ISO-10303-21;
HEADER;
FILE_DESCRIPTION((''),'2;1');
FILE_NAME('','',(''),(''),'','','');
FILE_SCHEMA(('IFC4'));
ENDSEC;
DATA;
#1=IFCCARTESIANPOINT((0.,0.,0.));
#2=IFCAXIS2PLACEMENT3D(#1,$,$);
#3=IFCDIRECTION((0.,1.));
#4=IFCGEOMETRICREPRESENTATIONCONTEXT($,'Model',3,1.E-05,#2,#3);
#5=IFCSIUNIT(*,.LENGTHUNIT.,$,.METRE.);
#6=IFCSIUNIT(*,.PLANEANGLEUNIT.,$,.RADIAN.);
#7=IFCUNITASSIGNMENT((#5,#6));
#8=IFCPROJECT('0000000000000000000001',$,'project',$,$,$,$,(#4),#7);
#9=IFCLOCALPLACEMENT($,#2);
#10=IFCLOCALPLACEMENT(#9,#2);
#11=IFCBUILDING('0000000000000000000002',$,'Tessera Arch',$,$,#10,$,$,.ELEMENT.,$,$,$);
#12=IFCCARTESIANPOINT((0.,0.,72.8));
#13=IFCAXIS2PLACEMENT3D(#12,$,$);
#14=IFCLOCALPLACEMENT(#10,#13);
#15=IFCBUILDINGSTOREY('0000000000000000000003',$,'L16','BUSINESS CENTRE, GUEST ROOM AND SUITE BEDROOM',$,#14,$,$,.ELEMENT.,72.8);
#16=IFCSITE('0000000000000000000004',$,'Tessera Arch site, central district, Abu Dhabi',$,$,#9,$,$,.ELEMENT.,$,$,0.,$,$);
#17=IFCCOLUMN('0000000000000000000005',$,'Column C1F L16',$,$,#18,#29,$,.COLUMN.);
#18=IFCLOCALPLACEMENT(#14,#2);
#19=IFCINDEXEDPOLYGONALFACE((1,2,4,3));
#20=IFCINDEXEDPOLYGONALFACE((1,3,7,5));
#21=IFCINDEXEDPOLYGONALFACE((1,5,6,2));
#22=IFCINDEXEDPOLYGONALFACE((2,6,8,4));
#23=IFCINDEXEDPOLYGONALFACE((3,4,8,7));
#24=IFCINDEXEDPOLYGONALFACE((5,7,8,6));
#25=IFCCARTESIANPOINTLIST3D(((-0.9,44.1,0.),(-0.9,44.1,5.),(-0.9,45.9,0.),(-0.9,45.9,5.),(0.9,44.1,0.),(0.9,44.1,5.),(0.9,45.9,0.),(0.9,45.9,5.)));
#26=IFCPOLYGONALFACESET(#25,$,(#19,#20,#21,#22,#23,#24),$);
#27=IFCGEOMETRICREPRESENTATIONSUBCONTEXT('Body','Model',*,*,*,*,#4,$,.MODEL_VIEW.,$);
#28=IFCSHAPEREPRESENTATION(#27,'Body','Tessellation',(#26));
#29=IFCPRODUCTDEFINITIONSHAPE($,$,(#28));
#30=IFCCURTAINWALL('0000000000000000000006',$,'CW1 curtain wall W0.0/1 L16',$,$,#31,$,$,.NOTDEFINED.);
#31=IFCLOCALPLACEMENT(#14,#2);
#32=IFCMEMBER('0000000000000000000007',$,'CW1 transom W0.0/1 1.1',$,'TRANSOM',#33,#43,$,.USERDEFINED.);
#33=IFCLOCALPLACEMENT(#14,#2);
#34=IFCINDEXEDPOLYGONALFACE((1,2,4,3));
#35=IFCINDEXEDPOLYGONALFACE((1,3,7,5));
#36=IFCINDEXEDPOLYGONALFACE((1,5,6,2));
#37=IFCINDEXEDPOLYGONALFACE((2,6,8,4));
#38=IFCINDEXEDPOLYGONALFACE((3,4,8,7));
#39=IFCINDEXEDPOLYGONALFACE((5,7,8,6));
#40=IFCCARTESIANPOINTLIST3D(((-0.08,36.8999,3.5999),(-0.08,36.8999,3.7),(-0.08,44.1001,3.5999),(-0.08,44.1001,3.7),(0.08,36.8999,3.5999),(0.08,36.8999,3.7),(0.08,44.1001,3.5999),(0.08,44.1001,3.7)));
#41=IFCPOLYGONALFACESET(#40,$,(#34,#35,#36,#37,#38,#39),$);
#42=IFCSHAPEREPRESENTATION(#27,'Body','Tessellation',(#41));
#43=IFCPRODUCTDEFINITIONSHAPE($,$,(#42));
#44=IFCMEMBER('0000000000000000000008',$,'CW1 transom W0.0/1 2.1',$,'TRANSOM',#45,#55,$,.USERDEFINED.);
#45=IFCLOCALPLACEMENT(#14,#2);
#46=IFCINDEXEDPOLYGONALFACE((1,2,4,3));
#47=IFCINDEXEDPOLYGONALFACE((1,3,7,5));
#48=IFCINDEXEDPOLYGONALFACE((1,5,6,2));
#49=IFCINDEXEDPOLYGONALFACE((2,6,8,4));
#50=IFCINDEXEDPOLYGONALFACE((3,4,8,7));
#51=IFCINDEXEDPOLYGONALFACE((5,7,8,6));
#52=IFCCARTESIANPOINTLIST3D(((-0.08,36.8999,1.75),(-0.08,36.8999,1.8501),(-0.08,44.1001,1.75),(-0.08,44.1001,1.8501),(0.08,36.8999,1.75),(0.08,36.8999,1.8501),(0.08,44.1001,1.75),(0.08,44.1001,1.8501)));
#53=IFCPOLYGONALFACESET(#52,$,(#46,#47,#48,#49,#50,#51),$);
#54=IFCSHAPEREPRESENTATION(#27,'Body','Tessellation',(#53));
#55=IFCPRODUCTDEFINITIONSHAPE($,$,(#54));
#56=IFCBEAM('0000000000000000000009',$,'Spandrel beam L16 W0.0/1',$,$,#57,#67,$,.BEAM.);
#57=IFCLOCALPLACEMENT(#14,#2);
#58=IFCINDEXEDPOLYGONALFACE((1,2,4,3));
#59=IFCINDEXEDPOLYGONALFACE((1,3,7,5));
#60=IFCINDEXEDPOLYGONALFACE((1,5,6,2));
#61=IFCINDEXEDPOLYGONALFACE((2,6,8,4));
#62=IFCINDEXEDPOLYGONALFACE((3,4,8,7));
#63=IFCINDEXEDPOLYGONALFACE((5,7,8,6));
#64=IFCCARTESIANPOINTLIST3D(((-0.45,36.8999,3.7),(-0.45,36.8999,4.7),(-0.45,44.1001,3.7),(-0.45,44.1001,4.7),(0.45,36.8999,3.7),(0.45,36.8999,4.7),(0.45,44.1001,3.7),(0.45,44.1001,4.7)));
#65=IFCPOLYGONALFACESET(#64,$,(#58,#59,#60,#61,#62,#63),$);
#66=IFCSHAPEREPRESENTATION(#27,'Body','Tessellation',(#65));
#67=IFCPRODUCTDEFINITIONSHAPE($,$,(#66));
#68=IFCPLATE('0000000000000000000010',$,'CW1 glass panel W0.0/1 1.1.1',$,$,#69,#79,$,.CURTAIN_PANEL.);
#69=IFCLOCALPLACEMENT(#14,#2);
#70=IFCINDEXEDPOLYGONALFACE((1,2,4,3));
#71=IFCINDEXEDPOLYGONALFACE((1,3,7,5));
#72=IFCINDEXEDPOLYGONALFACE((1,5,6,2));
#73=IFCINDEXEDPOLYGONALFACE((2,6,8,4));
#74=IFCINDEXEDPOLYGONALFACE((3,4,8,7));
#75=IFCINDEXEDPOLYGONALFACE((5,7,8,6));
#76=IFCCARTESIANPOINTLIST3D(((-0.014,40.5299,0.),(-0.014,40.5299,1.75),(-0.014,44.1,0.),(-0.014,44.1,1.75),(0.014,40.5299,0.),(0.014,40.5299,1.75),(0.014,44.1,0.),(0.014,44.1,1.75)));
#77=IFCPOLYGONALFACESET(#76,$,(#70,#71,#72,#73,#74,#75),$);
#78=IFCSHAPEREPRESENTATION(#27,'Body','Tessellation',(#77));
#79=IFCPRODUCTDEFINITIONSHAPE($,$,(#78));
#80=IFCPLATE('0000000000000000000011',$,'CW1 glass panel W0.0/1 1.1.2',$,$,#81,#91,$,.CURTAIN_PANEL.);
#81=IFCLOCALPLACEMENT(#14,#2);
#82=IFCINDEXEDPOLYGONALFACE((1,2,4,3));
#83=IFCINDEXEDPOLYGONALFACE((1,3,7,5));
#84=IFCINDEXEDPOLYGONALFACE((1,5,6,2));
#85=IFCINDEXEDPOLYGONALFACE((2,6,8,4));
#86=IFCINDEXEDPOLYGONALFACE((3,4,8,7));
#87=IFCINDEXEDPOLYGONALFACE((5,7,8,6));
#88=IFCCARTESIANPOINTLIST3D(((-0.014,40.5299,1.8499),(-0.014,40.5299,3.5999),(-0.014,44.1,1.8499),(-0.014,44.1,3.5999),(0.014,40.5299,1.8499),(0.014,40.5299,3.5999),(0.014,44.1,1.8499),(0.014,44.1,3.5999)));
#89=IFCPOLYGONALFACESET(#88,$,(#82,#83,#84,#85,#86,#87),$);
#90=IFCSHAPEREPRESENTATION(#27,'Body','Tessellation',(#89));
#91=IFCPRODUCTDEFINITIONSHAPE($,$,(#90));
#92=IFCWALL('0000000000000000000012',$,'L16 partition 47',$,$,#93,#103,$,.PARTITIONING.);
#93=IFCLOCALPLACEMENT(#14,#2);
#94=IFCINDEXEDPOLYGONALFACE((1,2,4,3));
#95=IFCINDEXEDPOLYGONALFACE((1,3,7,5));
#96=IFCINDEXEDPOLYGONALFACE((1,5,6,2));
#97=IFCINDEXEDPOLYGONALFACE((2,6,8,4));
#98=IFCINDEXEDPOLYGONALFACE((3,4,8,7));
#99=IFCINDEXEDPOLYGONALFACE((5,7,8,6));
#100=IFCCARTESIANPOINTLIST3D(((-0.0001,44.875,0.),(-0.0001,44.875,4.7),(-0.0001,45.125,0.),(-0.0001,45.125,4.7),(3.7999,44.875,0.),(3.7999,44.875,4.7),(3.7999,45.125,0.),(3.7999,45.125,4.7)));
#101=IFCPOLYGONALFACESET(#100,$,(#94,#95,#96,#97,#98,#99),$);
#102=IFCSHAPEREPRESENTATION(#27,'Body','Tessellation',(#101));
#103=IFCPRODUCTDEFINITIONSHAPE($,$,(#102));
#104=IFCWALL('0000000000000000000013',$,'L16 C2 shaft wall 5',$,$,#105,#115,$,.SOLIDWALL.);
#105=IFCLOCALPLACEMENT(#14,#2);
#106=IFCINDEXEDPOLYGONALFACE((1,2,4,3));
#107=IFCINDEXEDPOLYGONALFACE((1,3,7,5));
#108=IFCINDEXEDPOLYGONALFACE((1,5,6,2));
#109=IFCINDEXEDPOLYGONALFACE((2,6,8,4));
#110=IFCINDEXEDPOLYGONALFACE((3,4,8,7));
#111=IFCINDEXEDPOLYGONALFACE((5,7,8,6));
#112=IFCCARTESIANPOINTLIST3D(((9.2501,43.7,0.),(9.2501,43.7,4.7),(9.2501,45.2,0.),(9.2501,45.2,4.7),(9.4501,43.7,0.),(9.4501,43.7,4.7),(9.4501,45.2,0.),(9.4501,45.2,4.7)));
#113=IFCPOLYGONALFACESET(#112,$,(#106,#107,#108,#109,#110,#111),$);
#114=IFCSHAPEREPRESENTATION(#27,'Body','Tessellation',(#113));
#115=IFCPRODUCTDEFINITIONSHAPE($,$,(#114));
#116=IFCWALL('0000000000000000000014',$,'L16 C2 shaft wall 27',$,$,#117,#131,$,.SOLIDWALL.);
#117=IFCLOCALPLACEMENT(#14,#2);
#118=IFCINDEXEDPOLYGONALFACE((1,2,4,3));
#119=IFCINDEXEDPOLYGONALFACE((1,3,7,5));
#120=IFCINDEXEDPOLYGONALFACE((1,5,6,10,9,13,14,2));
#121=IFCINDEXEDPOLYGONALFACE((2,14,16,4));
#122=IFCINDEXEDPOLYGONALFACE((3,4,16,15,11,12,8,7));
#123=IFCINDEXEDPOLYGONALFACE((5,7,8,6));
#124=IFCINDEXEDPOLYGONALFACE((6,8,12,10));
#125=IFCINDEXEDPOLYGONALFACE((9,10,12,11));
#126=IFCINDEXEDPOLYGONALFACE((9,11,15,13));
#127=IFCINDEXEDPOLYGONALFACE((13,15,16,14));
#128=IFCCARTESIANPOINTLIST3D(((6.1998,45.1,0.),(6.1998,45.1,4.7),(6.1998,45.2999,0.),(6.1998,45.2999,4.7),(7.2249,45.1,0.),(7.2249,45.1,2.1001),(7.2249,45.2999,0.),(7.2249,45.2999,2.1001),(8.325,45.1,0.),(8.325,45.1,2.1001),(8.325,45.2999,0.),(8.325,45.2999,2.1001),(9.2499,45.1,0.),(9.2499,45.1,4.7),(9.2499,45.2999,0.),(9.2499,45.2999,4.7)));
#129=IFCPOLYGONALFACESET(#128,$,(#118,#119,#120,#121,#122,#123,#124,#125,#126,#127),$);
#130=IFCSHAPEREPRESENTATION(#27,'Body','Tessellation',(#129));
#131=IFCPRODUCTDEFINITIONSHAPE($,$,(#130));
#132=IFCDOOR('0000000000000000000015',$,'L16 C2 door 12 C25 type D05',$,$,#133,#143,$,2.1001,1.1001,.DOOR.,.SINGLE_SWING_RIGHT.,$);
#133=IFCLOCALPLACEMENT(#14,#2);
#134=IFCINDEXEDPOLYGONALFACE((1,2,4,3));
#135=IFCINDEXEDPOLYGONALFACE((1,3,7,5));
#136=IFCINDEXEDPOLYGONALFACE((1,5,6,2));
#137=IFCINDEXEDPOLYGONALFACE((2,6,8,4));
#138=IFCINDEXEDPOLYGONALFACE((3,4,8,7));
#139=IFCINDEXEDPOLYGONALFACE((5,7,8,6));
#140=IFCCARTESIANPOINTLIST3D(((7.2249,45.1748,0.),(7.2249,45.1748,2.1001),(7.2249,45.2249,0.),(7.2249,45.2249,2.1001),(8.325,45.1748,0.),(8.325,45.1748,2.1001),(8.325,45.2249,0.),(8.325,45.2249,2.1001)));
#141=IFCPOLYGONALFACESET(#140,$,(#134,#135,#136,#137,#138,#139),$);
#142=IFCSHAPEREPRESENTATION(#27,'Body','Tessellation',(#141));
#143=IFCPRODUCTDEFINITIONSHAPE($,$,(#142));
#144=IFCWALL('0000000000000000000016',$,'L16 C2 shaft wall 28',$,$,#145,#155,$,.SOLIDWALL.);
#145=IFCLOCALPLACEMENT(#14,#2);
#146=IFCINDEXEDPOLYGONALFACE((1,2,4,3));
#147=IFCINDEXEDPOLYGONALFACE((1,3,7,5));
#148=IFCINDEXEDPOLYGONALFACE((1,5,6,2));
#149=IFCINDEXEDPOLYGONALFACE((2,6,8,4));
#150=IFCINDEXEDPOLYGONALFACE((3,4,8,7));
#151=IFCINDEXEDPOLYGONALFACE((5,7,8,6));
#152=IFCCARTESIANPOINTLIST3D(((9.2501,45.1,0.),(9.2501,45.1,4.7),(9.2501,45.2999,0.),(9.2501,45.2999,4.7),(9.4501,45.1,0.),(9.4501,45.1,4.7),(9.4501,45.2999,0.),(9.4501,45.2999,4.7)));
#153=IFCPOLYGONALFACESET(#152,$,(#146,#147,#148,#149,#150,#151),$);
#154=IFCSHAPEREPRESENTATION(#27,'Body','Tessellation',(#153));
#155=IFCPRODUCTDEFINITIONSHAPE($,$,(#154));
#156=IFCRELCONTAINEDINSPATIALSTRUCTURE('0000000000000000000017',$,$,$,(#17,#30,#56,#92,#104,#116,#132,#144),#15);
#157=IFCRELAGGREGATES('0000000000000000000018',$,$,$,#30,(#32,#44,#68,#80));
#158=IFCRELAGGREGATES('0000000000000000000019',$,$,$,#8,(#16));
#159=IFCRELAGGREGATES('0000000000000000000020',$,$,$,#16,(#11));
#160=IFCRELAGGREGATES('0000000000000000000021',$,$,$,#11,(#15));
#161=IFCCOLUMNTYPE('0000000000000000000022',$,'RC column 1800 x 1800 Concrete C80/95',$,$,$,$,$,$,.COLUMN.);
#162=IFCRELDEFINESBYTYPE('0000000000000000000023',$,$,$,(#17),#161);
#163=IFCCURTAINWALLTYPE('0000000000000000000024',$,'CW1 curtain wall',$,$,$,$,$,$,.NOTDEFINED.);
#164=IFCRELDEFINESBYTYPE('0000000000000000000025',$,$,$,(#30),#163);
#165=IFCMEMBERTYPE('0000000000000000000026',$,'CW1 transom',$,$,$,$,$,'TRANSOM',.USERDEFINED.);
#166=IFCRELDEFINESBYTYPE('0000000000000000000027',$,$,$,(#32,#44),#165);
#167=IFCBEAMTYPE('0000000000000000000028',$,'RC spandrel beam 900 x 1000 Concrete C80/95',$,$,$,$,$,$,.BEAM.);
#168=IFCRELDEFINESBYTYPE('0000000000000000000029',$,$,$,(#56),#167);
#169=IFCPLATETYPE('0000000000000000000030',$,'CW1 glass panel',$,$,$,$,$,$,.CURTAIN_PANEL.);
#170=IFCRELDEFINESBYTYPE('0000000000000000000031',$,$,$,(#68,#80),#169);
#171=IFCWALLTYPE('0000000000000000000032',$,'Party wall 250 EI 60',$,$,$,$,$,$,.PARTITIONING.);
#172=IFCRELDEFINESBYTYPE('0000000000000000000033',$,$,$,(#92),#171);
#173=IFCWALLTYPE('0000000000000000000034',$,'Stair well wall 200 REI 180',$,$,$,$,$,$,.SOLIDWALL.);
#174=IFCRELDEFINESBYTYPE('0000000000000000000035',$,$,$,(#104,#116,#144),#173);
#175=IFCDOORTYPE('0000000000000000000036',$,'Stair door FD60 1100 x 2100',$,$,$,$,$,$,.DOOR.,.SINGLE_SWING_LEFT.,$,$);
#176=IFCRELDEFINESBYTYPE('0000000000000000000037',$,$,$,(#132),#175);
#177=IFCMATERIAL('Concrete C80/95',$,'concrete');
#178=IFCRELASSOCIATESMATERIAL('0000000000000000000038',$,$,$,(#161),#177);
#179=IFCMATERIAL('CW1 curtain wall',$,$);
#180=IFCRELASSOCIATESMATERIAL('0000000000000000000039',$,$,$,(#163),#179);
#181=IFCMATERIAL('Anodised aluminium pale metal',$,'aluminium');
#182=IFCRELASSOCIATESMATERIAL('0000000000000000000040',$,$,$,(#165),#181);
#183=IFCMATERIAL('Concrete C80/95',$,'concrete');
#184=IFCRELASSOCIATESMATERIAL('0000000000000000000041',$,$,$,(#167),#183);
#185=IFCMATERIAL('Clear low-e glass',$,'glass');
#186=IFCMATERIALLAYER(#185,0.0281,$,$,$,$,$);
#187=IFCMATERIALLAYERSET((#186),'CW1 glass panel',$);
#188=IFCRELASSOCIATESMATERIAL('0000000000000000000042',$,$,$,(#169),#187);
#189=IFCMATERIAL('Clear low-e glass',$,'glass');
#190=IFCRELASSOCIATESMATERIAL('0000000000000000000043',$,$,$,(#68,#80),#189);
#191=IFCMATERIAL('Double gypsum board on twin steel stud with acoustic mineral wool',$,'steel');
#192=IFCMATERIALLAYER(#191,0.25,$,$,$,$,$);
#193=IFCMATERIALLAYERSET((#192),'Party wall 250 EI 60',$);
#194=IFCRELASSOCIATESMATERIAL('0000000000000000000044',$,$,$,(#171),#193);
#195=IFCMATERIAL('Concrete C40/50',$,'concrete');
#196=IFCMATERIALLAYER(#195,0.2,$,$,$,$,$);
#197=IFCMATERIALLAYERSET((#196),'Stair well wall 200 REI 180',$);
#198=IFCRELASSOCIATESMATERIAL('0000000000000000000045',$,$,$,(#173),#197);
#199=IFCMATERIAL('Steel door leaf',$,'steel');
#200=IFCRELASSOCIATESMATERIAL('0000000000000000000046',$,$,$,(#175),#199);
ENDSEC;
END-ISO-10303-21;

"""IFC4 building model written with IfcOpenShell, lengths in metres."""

from ifc_helpers import new_model, si_unit, direction, frame, frame_2d, origin, origin_2d, place, context, subcontext, project, spatial, rectangle, extrude, material, layer, layer_set, material_profile, profile_set, type_object, element, fill, aggregate, save


model = new_model("IFC4")

# Units and contexts
model_context = context("Model", 3, precision=1e-05, world=origin(), true_north=direction((0.0, 1.0)))
body_context = subcontext(model_context, "Body", "Model", "MODEL_VIEW")
ifc_project = project(units=[si_unit("LENGTHUNIT", "METRE"), si_unit("PLANEANGLEUNIT", "RADIAN")], contexts=[model_context])

# Site, building, storey
site_placement = place(None, origin())
site = spatial("IfcSite", under=ifc_project, at=site_placement, Name="Tessera Arch site, central district, Abu Dhabi", CompositionType="ELEMENT", RefElevation=0.0)
building_placement = place(site_placement, origin())
building = spatial("IfcBuilding", under=site, at=building_placement, Name="Tessera Arch", CompositionType="ELEMENT")
storey_placement = place(building_placement, frame((0.0, 0.0, 72.8)))
storey = spatial("IfcBuildingStorey", under=building, at=storey_placement, Name="L16", Description="BUSINESS CENTRE, GUEST ROOM AND SUITE BEDROOM", CompositionType="ELEMENT", Elevation=72.8)

# Column
ifc_material_1 = material(Name="Concrete C80/95", Category="concrete")
ifc_material_profile_1 = material_profile(ifc_material_1, rectangle(XDim=1.8, YDim=1.8, at=origin_2d()), Name="RC column 1800 x 1800 Concrete C80/95")
ifc_profile_set_1 = profile_set([ifc_material_profile_1], Name="Concrete C80/95")
column_type = type_object("IfcColumnType", Name="RC column 1800 x 1800 Concrete C80/95", PredefinedType="COLUMN", material=ifc_profile_set_1)
column_placement = place(storey_placement, frame((0.0, 45.0, 0.0), z_axis=(0.0, 0.0, 1.0), x_axis=(1.0, 0.0, 0.0)))
element("IfcColumn", 1, at=column_placement, inside=storey, type_object=column_type, Name="Column C1F L16", PredefinedType="COLUMN", context=body_context, shape_type="SweptSolid", body=[
    extrude(rectangle(XDim=1.8, YDim=1.8, at=origin_2d()), origin(), (0.0, 0.0, 1.0), 5.0),
])

# Curtain wall, members
ifc_material_2 = material(Name="CW1 curtain wall")
curtain_wall_type = type_object("IfcCurtainWallType", Name="CW1 curtain wall", PredefinedType="NOTDEFINED", material=ifc_material_2)
curtain_wall_placement = place(storey_placement, origin())
curtain_wall = element("IfcCurtainWall", 2, at=curtain_wall_placement, inside=storey, type_object=curtain_wall_type, Name="CW1 curtain wall W0.0/1 L16", PredefinedType="NOTDEFINED")
ifc_material_3 = material(Name="Anodised aluminium pale metal", Category="aluminium")
ifc_material_profile_2 = material_profile(ifc_material_3, rectangle(XDim=0.1599, YDim=0.1001, at=origin_2d()), Name="AL 160x100")
ifc_profile_set_2 = profile_set([ifc_material_profile_2], Name="Anodised aluminium pale metal")
member_type = type_object("IfcMemberType", Name="CW1 transom", ElementType="TRANSOM", PredefinedType="USERDEFINED", material=ifc_profile_set_2)
member_1_placement = place(storey_placement, frame((0.0, 44.1001, 3.6499), z_axis=(0.0, -1.0, 0.0), x_axis=(1.0, 0.0, 0.0)))
member_1 = element("IfcMember", 3, at=member_1_placement, type_object=member_type, Name="CW1 transom W0.0/1 1.1", ObjectType="TRANSOM", PredefinedType="USERDEFINED", context=body_context, shape_type="SweptSolid", body=[
    extrude(rectangle(XDim=0.1599, YDim=0.1001, at=origin_2d()), origin(), (0.0, 0.0, 1.0), 7.2002),
])
member_2_placement = place(storey_placement, frame((0.0, 44.1001, 1.8), z_axis=(0.0, -1.0, 0.0), x_axis=(1.0, 0.0, 0.0)))
member_2 = element("IfcMember", 4, at=member_2_placement, type_object=member_type, Name="CW1 transom W0.0/1 2.1", ObjectType="TRANSOM", PredefinedType="USERDEFINED", context=body_context, shape_type="SweptSolid", body=[
    extrude(rectangle(XDim=0.1599, YDim=0.1001, at=origin_2d()), origin(), (0.0, 0.0, 1.0), 7.2002),
])

# Beam
ifc_material_4 = material(Name="Concrete C80/95", Category="concrete")
ifc_material_profile_3 = material_profile(ifc_material_4, rectangle(XDim=0.8999, YDim=1.0, at=origin_2d()), Name="RC spandrel beam 900 x 1000 Concrete C80/95")
ifc_profile_set_3 = profile_set([ifc_material_profile_3], Name="Concrete C80/95")
beam_type = type_object("IfcBeamType", Name="RC spandrel beam 900 x 1000 Concrete C80/95", PredefinedType="BEAM", material=ifc_profile_set_3)
beam_placement = place(storey_placement, frame((0.0, 44.1001, 4.2), z_axis=(0.0, -1.0, 0.0), x_axis=(1.0, 0.0, 0.0)))
element("IfcBeam", 5, at=beam_placement, inside=storey, type_object=beam_type, Name="Spandrel beam L16 W0.0/1", PredefinedType="BEAM", context=body_context, shape_type="SweptSolid", body=[
    extrude(rectangle(XDim=0.8999, YDim=1.0, at=origin_2d()), origin(), (0.0, 0.0, 1.0), 7.2002),
])

# Plates
ifc_material_5 = material(Name="Clear low-e glass", Category="glass")
ifc_material_6 = material(Name="Clear low-e glass", Category="glass")
ifc_layer_1 = layer(ifc_material_6, 0.0281)
ifc_layer_set_1 = layer_set([ifc_layer_1], Name="CW1 glass panel")
plate_type = type_object("IfcPlateType", Name="CW1 glass panel", PredefinedType="CURTAIN_PANEL", material=ifc_layer_set_1)
plate_1_placement = place(storey_placement, frame((0.0, 42.3149, 0.0), z_axis=(0.0, 0.0, 1.0), x_axis=(0.0, -1.0, 0.0)))
plate_1 = element("IfcPlate", 6, at=plate_1_placement, type_object=plate_type, material=ifc_material_5, Name="CW1 glass panel W0.0/1 1.1.1", PredefinedType="CURTAIN_PANEL", context=body_context, shape_type="SweptSolid", body=[
    extrude(rectangle(XDim=3.5701, YDim=0.0281, at=origin_2d()), origin(), (0.0, 0.0, 1.0), 1.75),
])
plate_2_placement = place(storey_placement, frame((0.0, 42.3149, 1.8499), z_axis=(0.0, 0.0, 1.0), x_axis=(0.0, -1.0, 0.0)))
plate_2 = element("IfcPlate", 7, at=plate_2_placement, type_object=plate_type, material=ifc_material_5, Name="CW1 glass panel W0.0/1 1.1.2", PredefinedType="CURTAIN_PANEL", context=body_context, shape_type="SweptSolid", body=[
    extrude(rectangle(XDim=3.5701, YDim=0.0281, at=origin_2d()), origin(), (0.0, 0.0, 1.0), 1.75),
])
aggregate(curtain_wall, [member_1, member_2, plate_1, plate_2])

# Walls
ifc_material_7 = material(Name="Double gypsum board on twin steel stud with acoustic mineral wool", Category="steel")
ifc_layer_2 = layer(ifc_material_7, 0.25)
ifc_layer_set_2 = layer_set([ifc_layer_2], Name="Party wall 250 EI 60")
wall_type_1 = type_object("IfcWallType", Name="Party wall 250 EI 60", PredefinedType="PARTITIONING", material=ifc_layer_set_2)
wall_1_placement = place(storey_placement, frame((0.0, 45.0, 0.0), z_axis=(0.0, 0.0, 1.0), x_axis=(1.0, 0.0, 0.0)))
element("IfcWall", 8, at=wall_1_placement, inside=storey, type_object=wall_type_1, Name="L16 partition 47", PredefinedType="PARTITIONING", context=body_context, shape_type="SweptSolid", body=[
    extrude(rectangle(XDim=3.8, YDim=0.25, at=frame_2d((1.8999, 0.0))), origin(), (0.0, 0.0, 1.0), 4.7),
])
ifc_material_8 = material(Name="Concrete C40/50", Category="concrete")
ifc_layer_3 = layer(ifc_material_8, 0.2)
ifc_layer_set_3 = layer_set([ifc_layer_3], Name="Stair well wall 200 REI 180")
wall_type_2 = type_object("IfcWallType", Name="Stair well wall 200 REI 180", PredefinedType="SOLIDWALL", material=ifc_layer_set_3)
wall_2_placement = place(storey_placement, frame((9.3501, 43.7, 0.0), z_axis=(0.0, 0.0, 1.0), x_axis=(0.0, 1.0, 0.0)))
element("IfcWall", 9, at=wall_2_placement, inside=storey, type_object=wall_type_2, Name="L16 C2 shaft wall 5", PredefinedType="SOLIDWALL", context=body_context, shape_type="SweptSolid", body=[
    extrude(rectangle(XDim=1.5, YDim=0.2, at=frame_2d((0.75, 0.0))), origin(), (0.0, 0.0, 1.0), 4.7),
])

# Wall, opening, door
wall_3_placement = place(storey_placement, frame((6.2, 45.2, 0.0), z_axis=(0.0, 0.0, 1.0), x_axis=(1.0, 0.0, 0.0)))
wall_3 = element("IfcWall", 10, at=wall_3_placement, inside=storey, type_object=wall_type_2, Name="L16 C2 shaft wall 27", PredefinedType="SOLIDWALL", context=body_context, shape_type="SweptSolid", body=[
    extrude(rectangle(XDim=3.05, YDim=0.2, at=frame_2d((1.5249, 0.0))), origin(), (0.0, 0.0, 1.0), 4.7),
])
opening_placement = place(wall_3_placement, frame((1.0249, 0.0, 0.0)))
opening = element("IfcOpeningElement", 11, at=opening_placement, cuts=wall_3, PredefinedType="OPENING", context=body_context, shape_type="SweptSolid", body=[
    extrude(rectangle(XDim=1.1001, YDim=2.1001, at=frame_2d((0.55, 1.05))), frame((0.0, 0.1099, 0.0), z_axis=(0.0, -1.0, 0.0), x_axis=(1.0, 0.0, 0.0)), (0.0, 0.0, 1.0), 0.22),
])
ifc_material_9 = material(Name="Steel door leaf", Category="steel")
door_type = type_object("IfcDoorType", Name="Stair door FD60 1100 x 2100", OperationType="SINGLE_SWING_LEFT", PredefinedType="DOOR", material=ifc_material_9)
door_placement = place(opening_placement, origin())
door = element("IfcDoor", 12, at=door_placement, inside=storey, type_object=door_type, Name="L16 C2 door 12 C25 type D05", OperationType="SINGLE_SWING_RIGHT", OverallHeight=2.1001, OverallWidth=1.1001, PredefinedType="DOOR", context=body_context, shape_type="SweptSolid", body=[
    extrude(rectangle(XDim=1.1001, YDim=2.1001, at=frame_2d((0.55, 1.05))), frame((0.0, 0.0249, 0.0), z_axis=(0.0, -1.0, 0.0), x_axis=(1.0, 0.0, 0.0)), (0.0, 0.0, 1.0), 0.05),
])
fill(opening, door)

# Wall
wall_4_placement = place(storey_placement, frame((9.25, 45.2, 0.0), z_axis=(0.0, 0.0, 1.0), x_axis=(1.0, 0.0, 0.0)))
element("IfcWall", 13, at=wall_4_placement, inside=storey, type_object=wall_type_2, Name="L16 C2 shaft wall 28", PredefinedType="SOLIDWALL", context=body_context, shape_type="SweptSolid", body=[
    extrude(rectangle(XDim=0.2, YDim=0.2, at=frame_2d((0.1001, 0.0))), origin(), (0.0, 0.0, 1.0), 4.7),
])

save(model, "model.ifc")
